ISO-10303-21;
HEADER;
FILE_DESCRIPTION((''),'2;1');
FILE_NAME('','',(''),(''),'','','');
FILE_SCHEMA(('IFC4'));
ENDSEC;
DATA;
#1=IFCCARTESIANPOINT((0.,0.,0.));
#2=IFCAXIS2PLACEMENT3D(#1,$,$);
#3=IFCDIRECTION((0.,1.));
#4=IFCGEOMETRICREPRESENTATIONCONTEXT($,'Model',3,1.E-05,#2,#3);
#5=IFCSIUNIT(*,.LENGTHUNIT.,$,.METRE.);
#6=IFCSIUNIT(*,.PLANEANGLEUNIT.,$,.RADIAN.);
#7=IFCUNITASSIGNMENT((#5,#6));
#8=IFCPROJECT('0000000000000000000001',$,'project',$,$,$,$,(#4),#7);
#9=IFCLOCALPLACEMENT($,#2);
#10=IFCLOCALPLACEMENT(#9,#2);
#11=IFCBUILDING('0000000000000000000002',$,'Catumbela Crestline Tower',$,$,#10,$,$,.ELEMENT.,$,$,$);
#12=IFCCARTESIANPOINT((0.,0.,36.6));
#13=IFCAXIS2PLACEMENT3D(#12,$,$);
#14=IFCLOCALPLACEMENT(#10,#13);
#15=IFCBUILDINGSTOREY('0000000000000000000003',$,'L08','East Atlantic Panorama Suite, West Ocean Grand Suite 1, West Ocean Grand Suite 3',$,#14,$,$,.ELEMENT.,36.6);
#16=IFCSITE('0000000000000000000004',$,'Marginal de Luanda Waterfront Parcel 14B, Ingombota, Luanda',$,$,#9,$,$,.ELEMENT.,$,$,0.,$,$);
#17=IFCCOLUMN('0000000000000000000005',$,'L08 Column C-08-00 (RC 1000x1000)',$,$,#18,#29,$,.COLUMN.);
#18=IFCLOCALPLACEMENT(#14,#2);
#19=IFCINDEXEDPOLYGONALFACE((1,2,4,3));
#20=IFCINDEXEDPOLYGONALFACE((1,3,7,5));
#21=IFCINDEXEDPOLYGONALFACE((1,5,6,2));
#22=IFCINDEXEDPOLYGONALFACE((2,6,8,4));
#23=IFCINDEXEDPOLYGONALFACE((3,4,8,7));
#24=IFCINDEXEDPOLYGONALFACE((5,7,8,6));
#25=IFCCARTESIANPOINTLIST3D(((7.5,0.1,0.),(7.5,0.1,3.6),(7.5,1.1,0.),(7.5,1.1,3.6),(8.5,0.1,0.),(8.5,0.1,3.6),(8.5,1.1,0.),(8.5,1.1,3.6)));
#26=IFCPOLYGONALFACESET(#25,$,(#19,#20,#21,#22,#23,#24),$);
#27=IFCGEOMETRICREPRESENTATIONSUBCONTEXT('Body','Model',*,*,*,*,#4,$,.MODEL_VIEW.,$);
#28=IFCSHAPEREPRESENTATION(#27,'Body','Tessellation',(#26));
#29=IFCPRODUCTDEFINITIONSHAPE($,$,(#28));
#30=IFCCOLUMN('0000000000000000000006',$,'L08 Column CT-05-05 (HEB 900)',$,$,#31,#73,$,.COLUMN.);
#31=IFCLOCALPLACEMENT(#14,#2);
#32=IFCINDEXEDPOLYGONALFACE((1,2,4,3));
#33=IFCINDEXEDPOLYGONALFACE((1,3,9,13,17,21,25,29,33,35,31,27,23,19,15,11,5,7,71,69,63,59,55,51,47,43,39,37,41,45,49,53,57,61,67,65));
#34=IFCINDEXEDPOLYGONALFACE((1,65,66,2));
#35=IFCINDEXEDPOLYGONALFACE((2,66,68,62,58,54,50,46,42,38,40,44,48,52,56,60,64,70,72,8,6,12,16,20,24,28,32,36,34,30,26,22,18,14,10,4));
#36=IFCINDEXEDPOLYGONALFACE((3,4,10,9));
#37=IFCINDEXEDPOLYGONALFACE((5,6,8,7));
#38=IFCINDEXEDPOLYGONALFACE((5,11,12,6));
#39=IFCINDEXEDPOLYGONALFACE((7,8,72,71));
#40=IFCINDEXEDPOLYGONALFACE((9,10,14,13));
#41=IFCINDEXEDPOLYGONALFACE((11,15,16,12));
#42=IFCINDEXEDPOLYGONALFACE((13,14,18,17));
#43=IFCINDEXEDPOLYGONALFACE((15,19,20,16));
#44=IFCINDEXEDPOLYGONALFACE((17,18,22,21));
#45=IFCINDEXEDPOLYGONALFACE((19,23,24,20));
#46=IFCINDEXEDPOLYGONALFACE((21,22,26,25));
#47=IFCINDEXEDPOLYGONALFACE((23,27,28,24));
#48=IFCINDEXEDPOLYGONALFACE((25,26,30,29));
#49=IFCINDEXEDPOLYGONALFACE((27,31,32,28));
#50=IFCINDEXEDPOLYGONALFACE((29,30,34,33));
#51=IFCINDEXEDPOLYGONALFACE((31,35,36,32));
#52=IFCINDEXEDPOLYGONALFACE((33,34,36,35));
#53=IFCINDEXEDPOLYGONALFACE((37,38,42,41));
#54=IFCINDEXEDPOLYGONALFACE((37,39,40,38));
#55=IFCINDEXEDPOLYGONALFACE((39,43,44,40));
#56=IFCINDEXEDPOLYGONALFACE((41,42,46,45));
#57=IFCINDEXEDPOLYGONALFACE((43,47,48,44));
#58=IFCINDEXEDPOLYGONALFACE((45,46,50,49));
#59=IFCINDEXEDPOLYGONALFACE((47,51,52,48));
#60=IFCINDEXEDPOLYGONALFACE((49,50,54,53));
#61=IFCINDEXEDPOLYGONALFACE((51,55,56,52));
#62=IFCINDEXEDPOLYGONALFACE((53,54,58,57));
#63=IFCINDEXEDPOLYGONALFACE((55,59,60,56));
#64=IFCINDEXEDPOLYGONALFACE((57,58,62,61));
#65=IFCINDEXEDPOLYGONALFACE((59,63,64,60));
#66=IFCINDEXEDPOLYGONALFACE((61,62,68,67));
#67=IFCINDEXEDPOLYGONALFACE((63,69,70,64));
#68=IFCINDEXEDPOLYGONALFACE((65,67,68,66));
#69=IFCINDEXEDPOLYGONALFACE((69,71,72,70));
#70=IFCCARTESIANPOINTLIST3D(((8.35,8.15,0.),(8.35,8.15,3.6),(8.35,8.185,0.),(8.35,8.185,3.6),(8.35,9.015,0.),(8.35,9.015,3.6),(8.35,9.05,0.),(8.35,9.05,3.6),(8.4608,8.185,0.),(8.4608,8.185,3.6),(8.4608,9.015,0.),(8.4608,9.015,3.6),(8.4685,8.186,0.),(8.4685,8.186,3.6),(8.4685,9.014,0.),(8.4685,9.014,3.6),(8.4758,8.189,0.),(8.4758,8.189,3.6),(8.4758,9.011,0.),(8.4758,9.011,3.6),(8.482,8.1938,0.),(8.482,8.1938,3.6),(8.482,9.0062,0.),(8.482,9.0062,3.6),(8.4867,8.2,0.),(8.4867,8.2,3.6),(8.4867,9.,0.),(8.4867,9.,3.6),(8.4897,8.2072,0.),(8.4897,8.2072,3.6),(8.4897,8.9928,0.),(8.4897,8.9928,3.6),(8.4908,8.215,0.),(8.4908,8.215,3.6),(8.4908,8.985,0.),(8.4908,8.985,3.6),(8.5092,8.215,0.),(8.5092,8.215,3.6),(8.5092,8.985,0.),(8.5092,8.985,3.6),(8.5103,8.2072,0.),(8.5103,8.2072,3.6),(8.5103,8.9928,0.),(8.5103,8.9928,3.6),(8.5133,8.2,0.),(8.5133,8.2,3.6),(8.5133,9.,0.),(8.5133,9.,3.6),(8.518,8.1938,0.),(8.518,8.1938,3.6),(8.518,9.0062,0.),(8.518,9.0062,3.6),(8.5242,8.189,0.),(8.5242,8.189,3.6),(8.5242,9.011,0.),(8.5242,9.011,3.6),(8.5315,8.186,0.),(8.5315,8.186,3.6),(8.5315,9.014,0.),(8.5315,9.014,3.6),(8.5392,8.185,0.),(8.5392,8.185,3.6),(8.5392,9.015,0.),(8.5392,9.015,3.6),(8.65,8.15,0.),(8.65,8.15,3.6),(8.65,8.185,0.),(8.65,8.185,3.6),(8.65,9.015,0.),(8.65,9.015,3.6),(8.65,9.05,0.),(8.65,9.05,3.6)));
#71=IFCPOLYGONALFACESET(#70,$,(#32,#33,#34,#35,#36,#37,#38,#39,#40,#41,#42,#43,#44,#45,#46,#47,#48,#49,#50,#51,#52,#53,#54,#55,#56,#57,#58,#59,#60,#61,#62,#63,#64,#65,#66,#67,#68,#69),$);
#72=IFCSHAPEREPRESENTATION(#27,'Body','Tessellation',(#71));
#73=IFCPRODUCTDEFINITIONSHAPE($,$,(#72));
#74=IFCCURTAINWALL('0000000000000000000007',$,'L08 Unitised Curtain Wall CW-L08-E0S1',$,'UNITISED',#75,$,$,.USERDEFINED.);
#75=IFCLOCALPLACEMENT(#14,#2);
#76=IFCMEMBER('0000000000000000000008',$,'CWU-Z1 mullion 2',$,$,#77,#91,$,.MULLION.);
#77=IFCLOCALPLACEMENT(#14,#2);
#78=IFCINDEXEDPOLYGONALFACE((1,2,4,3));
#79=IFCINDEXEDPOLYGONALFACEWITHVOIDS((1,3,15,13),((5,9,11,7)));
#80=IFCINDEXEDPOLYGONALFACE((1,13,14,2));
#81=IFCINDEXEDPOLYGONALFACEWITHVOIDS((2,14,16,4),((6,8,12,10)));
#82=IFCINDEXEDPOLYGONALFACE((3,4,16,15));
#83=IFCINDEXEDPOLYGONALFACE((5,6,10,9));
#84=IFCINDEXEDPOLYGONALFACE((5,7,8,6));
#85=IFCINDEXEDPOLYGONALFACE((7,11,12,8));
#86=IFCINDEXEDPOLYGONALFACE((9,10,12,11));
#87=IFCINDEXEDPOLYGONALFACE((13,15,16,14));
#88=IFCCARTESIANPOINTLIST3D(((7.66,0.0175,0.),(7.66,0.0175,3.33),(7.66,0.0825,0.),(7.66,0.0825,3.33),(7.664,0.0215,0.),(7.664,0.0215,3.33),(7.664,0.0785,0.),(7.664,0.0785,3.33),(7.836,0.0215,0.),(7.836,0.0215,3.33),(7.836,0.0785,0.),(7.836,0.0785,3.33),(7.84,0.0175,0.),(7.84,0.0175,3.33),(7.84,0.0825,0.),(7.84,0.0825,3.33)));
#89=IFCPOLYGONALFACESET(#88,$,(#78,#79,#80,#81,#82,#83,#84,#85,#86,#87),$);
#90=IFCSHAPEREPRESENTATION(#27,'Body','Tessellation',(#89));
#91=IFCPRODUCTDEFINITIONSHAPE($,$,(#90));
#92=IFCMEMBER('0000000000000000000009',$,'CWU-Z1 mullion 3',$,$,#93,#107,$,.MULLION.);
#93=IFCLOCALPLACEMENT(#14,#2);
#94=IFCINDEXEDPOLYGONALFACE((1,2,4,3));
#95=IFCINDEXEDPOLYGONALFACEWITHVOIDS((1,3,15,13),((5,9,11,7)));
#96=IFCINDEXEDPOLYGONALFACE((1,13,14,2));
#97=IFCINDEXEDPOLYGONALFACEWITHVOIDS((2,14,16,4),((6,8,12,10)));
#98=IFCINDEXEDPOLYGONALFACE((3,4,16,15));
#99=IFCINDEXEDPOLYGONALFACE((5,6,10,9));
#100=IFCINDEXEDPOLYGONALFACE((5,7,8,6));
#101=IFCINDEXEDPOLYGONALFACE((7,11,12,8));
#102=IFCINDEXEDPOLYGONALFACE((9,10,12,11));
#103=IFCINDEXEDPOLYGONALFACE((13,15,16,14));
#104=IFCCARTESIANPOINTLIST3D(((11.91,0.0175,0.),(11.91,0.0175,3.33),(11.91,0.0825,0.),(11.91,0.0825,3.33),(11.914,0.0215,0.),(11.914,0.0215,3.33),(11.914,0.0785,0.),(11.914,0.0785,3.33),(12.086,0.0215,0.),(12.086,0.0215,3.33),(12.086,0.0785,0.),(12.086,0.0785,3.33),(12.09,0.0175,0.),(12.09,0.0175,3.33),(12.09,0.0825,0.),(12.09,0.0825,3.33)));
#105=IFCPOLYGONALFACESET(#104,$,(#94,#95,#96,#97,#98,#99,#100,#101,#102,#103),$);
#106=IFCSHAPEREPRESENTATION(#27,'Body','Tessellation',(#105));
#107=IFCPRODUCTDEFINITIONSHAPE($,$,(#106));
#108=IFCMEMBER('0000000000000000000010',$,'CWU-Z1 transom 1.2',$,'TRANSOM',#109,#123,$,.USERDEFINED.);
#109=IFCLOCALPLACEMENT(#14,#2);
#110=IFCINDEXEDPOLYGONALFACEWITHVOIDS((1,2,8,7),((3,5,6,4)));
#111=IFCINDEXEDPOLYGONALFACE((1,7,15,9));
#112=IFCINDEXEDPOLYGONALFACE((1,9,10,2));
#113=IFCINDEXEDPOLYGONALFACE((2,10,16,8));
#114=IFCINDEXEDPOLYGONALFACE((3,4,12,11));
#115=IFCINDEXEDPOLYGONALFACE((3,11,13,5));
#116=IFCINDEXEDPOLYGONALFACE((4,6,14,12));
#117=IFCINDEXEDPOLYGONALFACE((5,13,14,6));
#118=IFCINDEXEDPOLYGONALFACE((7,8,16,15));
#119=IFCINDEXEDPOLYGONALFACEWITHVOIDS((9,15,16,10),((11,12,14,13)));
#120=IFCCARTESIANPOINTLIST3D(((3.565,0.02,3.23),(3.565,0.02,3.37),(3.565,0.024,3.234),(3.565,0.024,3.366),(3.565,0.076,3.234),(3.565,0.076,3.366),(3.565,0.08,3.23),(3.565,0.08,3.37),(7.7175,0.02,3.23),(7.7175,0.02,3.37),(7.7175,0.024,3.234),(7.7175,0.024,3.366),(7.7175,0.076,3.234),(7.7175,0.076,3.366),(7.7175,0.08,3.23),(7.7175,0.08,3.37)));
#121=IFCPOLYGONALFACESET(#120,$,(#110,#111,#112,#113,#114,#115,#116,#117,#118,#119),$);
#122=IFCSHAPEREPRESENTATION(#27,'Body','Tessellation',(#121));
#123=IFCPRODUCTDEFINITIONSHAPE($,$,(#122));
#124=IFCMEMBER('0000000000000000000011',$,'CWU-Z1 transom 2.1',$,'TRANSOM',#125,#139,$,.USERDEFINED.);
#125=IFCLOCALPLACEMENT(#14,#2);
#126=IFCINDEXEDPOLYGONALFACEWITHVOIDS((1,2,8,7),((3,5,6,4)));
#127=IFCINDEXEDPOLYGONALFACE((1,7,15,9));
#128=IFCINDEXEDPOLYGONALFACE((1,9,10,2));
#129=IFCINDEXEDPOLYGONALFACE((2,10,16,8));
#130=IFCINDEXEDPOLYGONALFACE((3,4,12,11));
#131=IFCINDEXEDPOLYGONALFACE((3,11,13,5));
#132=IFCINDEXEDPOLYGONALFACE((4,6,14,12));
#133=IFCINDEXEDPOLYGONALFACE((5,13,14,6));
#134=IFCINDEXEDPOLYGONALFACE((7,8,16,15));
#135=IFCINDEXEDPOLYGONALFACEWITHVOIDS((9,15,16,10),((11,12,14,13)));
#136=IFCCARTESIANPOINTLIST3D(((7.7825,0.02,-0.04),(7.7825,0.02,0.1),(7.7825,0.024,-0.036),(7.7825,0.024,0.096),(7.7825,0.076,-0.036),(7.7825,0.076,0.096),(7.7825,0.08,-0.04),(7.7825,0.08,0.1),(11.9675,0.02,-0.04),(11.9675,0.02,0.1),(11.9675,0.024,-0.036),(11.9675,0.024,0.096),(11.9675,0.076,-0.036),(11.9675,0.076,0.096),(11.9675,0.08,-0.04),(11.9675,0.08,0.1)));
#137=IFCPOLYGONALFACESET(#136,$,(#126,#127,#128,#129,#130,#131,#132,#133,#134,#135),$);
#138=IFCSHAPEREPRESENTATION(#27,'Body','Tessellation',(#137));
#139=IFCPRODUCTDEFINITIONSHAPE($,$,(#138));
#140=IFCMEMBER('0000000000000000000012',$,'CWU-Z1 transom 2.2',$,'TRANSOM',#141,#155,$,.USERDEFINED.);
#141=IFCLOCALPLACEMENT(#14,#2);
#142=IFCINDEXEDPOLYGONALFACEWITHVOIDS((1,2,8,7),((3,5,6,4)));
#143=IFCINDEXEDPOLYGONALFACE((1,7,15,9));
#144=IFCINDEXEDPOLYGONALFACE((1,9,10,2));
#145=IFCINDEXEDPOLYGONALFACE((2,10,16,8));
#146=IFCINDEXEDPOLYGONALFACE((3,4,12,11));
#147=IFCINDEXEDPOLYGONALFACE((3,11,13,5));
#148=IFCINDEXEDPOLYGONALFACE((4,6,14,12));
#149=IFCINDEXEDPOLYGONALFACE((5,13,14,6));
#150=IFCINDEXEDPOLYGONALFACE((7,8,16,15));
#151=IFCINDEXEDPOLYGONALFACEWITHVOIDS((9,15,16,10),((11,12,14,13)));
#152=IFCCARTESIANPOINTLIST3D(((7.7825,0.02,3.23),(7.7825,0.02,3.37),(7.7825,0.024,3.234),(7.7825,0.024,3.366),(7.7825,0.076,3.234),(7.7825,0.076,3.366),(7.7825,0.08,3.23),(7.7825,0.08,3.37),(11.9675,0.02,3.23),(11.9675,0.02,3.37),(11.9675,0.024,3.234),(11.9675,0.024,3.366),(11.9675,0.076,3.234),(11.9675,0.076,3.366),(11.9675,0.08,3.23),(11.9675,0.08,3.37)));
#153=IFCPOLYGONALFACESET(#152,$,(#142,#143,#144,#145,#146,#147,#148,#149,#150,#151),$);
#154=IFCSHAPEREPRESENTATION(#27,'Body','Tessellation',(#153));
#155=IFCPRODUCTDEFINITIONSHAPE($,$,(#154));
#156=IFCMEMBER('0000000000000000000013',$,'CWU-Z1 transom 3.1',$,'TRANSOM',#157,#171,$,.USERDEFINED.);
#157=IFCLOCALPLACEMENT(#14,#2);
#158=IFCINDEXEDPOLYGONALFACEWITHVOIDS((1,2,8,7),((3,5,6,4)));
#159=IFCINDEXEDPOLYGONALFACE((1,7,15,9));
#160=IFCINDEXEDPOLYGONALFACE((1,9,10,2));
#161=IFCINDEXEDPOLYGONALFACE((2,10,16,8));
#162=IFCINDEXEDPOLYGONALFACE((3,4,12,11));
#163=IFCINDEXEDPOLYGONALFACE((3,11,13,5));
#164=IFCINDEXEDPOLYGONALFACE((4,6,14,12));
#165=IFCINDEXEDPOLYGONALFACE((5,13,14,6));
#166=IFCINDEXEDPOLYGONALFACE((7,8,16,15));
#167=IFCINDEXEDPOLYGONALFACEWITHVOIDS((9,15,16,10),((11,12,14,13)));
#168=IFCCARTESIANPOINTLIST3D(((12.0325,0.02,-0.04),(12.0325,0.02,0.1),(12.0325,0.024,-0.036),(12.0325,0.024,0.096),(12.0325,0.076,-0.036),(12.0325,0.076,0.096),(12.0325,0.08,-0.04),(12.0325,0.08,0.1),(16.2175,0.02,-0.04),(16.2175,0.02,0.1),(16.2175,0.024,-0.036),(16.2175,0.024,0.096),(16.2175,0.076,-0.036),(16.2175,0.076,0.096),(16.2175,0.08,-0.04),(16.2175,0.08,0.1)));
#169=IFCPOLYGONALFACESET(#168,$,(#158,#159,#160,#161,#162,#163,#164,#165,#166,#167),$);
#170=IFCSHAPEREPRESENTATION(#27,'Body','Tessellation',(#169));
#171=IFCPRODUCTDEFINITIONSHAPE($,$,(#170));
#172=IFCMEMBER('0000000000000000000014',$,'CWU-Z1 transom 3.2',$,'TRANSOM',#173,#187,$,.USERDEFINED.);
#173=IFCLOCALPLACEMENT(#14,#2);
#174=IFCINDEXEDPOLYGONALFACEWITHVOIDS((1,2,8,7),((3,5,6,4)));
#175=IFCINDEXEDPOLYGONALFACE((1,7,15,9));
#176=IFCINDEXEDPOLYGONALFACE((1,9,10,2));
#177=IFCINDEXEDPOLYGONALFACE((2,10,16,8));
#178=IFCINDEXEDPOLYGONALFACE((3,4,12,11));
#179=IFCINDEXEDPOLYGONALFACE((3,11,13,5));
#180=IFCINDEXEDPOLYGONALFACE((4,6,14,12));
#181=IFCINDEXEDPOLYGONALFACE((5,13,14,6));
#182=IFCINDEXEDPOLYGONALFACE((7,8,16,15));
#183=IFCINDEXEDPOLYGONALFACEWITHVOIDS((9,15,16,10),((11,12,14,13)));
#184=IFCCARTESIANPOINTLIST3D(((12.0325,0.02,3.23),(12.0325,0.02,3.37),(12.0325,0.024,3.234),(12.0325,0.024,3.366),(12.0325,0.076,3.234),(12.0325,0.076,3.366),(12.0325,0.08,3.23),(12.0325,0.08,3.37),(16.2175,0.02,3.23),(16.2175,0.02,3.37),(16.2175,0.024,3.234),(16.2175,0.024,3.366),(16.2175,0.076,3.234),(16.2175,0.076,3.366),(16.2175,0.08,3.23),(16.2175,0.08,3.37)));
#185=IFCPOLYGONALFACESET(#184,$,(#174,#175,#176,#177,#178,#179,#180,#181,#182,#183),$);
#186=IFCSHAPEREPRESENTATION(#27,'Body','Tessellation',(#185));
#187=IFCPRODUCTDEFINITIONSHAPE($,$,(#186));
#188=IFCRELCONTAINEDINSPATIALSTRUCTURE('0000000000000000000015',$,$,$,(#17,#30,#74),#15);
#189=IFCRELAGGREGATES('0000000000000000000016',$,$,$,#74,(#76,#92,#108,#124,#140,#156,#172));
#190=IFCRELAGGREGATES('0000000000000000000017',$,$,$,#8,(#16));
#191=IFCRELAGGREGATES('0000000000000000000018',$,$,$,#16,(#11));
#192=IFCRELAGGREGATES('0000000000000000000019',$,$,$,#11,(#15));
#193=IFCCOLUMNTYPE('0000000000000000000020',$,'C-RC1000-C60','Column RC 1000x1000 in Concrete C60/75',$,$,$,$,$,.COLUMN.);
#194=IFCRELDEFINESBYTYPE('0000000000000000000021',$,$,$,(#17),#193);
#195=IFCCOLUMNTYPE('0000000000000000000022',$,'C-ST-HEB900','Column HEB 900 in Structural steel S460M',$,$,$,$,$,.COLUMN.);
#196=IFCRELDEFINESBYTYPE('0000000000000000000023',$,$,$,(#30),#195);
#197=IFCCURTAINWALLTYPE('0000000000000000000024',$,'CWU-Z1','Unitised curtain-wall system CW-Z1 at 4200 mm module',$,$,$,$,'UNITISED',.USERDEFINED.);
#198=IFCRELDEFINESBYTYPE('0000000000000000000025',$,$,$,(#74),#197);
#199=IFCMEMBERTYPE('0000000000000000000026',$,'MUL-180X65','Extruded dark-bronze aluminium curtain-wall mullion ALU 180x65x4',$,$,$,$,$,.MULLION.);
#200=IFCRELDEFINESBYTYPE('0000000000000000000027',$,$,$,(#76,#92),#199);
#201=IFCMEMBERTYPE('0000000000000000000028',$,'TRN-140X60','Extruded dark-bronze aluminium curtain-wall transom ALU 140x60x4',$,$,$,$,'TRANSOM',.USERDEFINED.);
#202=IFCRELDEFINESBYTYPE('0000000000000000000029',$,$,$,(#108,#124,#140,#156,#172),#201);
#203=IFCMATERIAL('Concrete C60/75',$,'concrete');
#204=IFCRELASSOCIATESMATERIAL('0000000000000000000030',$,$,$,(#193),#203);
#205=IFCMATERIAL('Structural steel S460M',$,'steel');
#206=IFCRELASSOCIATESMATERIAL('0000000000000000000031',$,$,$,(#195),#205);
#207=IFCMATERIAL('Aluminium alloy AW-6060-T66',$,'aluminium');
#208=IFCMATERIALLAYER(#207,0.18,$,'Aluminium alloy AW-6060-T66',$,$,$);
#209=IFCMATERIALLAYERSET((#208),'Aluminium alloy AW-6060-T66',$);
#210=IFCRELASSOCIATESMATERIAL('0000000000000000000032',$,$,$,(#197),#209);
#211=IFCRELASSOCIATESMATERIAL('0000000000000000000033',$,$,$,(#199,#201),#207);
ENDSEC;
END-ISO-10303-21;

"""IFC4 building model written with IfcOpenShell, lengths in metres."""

from ifc_helpers import new_model, si_unit, direction, frame, origin, origin_2d, place, context, subcontext, project, spatial, rectangle, hollow_rectangle, i_section, extrude, material, layer, layer_set, material_profile, profile_set, type_object, element, aggregate, save


model = new_model("IFC4")

# Units and contexts
model_context = context("Model", 3, precision=1e-05, world=origin(), true_north=direction((0.0, 1.0)))
body_context = subcontext(model_context, "Body", "Model", "MODEL_VIEW")
ifc_project = project(units=[si_unit("LENGTHUNIT", "METRE"), si_unit("PLANEANGLEUNIT", "RADIAN")], contexts=[model_context])

# Site, building, storey
site_placement = place(None, origin())
site = spatial("IfcSite", under=ifc_project, at=site_placement, Name="Marginal de Luanda Waterfront Parcel 14B, Ingombota, Luanda", CompositionType="ELEMENT", RefElevation=0.0)
building_placement = place(site_placement, origin())
building = spatial("IfcBuilding", under=site, at=building_placement, Name="Catumbela Crestline Tower", CompositionType="ELEMENT")
storey_placement = place(building_placement, frame((0.0, 0.0, 36.6)))
storey = spatial("IfcBuildingStorey", under=building, at=storey_placement, Name="L08", Description="East Atlantic Panorama Suite, West Ocean Grand Suite 1, West Ocean Grand Suite 3", CompositionType="ELEMENT", Elevation=36.6)

# Columns
ifc_material_1 = material(Name="Concrete C60/75", Category="concrete")
ifc_material_profile_1 = material_profile(ifc_material_1, rectangle(XDim=1.0, YDim=1.0, at=origin_2d()), Name="RC 1000x1000")
ifc_profile_set_1 = profile_set([ifc_material_profile_1], Name="Concrete C60/75")
column_type_1 = type_object("IfcColumnType", Name="C-RC1000-C60", Description="Column RC 1000x1000 in Concrete C60/75", PredefinedType="COLUMN", material=ifc_profile_set_1)
column_1_placement = place(storey_placement, frame((8.0, 0.6, 0.0), z_axis=(0.0, 0.0, 1.0), x_axis=(1.0, 0.0, 0.0)))
element("IfcColumn", 1, at=column_1_placement, inside=storey, type_object=column_type_1, Name="L08 Column C-08-00 (RC 1000x1000)", PredefinedType="COLUMN", context=body_context, shape_type="SweptSolid", body=[
    extrude(rectangle(XDim=1.0, YDim=1.0, at=origin_2d()), origin(), (0.0, 0.0, 1.0), 3.6),
])
ifc_material_2 = material(Name="Structural steel S460M", Category="steel")
ifc_material_profile_2 = material_profile(ifc_material_2, i_section(OverallWidth=0.3, OverallDepth=0.9, WebThickness=0.0185, FlangeThickness=0.035, FilletRadius=0.03, at=origin_2d()), Name="HEB 900")
ifc_profile_set_2 = profile_set([ifc_material_profile_2], Name="Structural steel S460M")
column_type_2 = type_object("IfcColumnType", Name="C-ST-HEB900", Description="Column HEB 900 in Structural steel S460M", PredefinedType="COLUMN", material=ifc_profile_set_2)
column_2_placement = place(storey_placement, frame((8.5, 8.6, 0.0), z_axis=(0.0, 0.0, 1.0), x_axis=(1.0, 0.0, 0.0)))
element("IfcColumn", 2, at=column_2_placement, inside=storey, type_object=column_type_2, Name="L08 Column CT-05-05 (HEB 900)", PredefinedType="COLUMN", context=body_context, shape_type="SweptSolid", body=[
    extrude(i_section(OverallWidth=0.3, OverallDepth=0.9, WebThickness=0.0185, FlangeThickness=0.035, FilletRadius=0.03, at=origin_2d()), origin(), (0.0, 0.0, 1.0), 3.6),
])

# Curtain wall, members
ifc_material_3 = material(Name="Aluminium alloy AW-6060-T66", Category="aluminium")
ifc_layer_1 = layer(ifc_material_3, 0.18, Name="Aluminium alloy AW-6060-T66")
ifc_layer_set_1 = layer_set([ifc_layer_1], Name="Aluminium alloy AW-6060-T66")
curtain_wall_type = type_object("IfcCurtainWallType", Name="CWU-Z1", Description="Unitised curtain-wall system CW-Z1 at 4200 mm module", ElementType="UNITISED", PredefinedType="USERDEFINED", material=ifc_layer_set_1)
curtain_wall_placement = place(storey_placement, origin())
curtain_wall = element("IfcCurtainWall", 3, at=curtain_wall_placement, inside=storey, type_object=curtain_wall_type, Name="L08 Unitised Curtain Wall CW-L08-E0S1", ObjectType="UNITISED", PredefinedType="USERDEFINED")
ifc_material_profile_3 = material_profile(ifc_material_3, hollow_rectangle(XDim=0.065, YDim=0.18, WallThickness=0.004, at=origin_2d()), Name="ALU 180x65x4")
ifc_profile_set_3 = profile_set([ifc_material_profile_3], Name="Aluminium alloy AW-6060-T66")
member_type_1 = type_object("IfcMemberType", Name="MUL-180X65", Description="Extruded dark-bronze aluminium curtain-wall mullion ALU 180x65x4", PredefinedType="MULLION", material=ifc_profile_set_3)
member_1_placement = place(storey_placement, frame((7.75, 0.05, 0.0), z_axis=(0.0, 0.0, 1.0), x_axis=(0.0, 1.0, 0.0)))
member_1 = element("IfcMember", 4, at=member_1_placement, type_object=member_type_1, Name="CWU-Z1 mullion 2", PredefinedType="MULLION", context=body_context, shape_type="SweptSolid", body=[
    extrude(hollow_rectangle(XDim=0.065, YDim=0.18, WallThickness=0.004, at=origin_2d()), origin(), (0.0, 0.0, 1.0), 3.33),
])
member_2_placement = place(storey_placement, frame((12.0, 0.05, 0.0), z_axis=(0.0, 0.0, 1.0), x_axis=(0.0, 1.0, 0.0)))
member_2 = element("IfcMember", 5, at=member_2_placement, type_object=member_type_1, Name="CWU-Z1 mullion 3", PredefinedType="MULLION", context=body_context, shape_type="SweptSolid", body=[
    extrude(hollow_rectangle(XDim=0.065, YDim=0.18, WallThickness=0.004, at=origin_2d()), origin(), (0.0, 0.0, 1.0), 3.33),
])
ifc_material_profile_4 = material_profile(ifc_material_3, hollow_rectangle(XDim=0.06, YDim=0.14, WallThickness=0.004, at=origin_2d()), Name="ALU 140x60x4")
ifc_profile_set_4 = profile_set([ifc_material_profile_4], Name="Aluminium alloy AW-6060-T66")
member_type_2 = type_object("IfcMemberType", Name="TRN-140X60", Description="Extruded dark-bronze aluminium curtain-wall transom ALU 140x60x4", ElementType="TRANSOM", PredefinedType="USERDEFINED", material=ifc_profile_set_4)
member_3_placement = place(storey_placement, frame((3.565, 0.05, 3.3), z_axis=(1.0, 0.0, 0.0), x_axis=(0.0, 1.0, 0.0)))
member_3 = element("IfcMember", 6, at=member_3_placement, type_object=member_type_2, Name="CWU-Z1 transom 1.2", ObjectType="TRANSOM", PredefinedType="USERDEFINED", context=body_context, shape_type="SweptSolid", body=[
    extrude(hollow_rectangle(XDim=0.06, YDim=0.14, WallThickness=0.004, at=origin_2d()), origin(), (0.0, 0.0, 1.0), 4.1525),
])
member_4_placement = place(storey_placement, frame((7.7825, 0.05, 0.03), z_axis=(1.0, 0.0, 0.0), x_axis=(0.0, 1.0, 0.0)))
member_4 = element("IfcMember", 7, at=member_4_placement, type_object=member_type_2, Name="CWU-Z1 transom 2.1", ObjectType="TRANSOM", PredefinedType="USERDEFINED", context=body_context, shape_type="SweptSolid", body=[
    extrude(hollow_rectangle(XDim=0.06, YDim=0.14, WallThickness=0.004, at=origin_2d()), origin(), (0.0, 0.0, 1.0), 4.185),
])
member_5_placement = place(storey_placement, frame((7.7825, 0.05, 3.3), z_axis=(1.0, 0.0, 0.0), x_axis=(0.0, 1.0, 0.0)))
member_5 = element("IfcMember", 8, at=member_5_placement, type_object=member_type_2, Name="CWU-Z1 transom 2.2", ObjectType="TRANSOM", PredefinedType="USERDEFINED", context=body_context, shape_type="SweptSolid", body=[
    extrude(hollow_rectangle(XDim=0.06, YDim=0.14, WallThickness=0.004, at=origin_2d()), origin(), (0.0, 0.0, 1.0), 4.185),
])
member_6_placement = place(storey_placement, frame((12.0325, 0.05, 0.03), z_axis=(1.0, 0.0, 0.0), x_axis=(0.0, 1.0, 0.0)))
member_6 = element("IfcMember", 9, at=member_6_placement, type_object=member_type_2, Name="CWU-Z1 transom 3.1", ObjectType="TRANSOM", PredefinedType="USERDEFINED", context=body_context, shape_type="SweptSolid", body=[
    extrude(hollow_rectangle(XDim=0.06, YDim=0.14, WallThickness=0.004, at=origin_2d()), origin(), (0.0, 0.0, 1.0), 4.185),
])
member_7_placement = place(storey_placement, frame((12.0325, 0.05, 3.3), z_axis=(1.0, 0.0, 0.0), x_axis=(0.0, 1.0, 0.0)))
member_7 = element("IfcMember", 10, at=member_7_placement, type_object=member_type_2, Name="CWU-Z1 transom 3.2", ObjectType="TRANSOM", PredefinedType="USERDEFINED", context=body_context, shape_type="SweptSolid", body=[
    extrude(hollow_rectangle(XDim=0.06, YDim=0.14, WallThickness=0.004, at=origin_2d()), origin(), (0.0, 0.0, 1.0), 4.185),
])
aggregate(curtain_wall, [member_1, member_2, member_3, member_4, member_5, member_6, member_7])

save(model, "model.ifc")
